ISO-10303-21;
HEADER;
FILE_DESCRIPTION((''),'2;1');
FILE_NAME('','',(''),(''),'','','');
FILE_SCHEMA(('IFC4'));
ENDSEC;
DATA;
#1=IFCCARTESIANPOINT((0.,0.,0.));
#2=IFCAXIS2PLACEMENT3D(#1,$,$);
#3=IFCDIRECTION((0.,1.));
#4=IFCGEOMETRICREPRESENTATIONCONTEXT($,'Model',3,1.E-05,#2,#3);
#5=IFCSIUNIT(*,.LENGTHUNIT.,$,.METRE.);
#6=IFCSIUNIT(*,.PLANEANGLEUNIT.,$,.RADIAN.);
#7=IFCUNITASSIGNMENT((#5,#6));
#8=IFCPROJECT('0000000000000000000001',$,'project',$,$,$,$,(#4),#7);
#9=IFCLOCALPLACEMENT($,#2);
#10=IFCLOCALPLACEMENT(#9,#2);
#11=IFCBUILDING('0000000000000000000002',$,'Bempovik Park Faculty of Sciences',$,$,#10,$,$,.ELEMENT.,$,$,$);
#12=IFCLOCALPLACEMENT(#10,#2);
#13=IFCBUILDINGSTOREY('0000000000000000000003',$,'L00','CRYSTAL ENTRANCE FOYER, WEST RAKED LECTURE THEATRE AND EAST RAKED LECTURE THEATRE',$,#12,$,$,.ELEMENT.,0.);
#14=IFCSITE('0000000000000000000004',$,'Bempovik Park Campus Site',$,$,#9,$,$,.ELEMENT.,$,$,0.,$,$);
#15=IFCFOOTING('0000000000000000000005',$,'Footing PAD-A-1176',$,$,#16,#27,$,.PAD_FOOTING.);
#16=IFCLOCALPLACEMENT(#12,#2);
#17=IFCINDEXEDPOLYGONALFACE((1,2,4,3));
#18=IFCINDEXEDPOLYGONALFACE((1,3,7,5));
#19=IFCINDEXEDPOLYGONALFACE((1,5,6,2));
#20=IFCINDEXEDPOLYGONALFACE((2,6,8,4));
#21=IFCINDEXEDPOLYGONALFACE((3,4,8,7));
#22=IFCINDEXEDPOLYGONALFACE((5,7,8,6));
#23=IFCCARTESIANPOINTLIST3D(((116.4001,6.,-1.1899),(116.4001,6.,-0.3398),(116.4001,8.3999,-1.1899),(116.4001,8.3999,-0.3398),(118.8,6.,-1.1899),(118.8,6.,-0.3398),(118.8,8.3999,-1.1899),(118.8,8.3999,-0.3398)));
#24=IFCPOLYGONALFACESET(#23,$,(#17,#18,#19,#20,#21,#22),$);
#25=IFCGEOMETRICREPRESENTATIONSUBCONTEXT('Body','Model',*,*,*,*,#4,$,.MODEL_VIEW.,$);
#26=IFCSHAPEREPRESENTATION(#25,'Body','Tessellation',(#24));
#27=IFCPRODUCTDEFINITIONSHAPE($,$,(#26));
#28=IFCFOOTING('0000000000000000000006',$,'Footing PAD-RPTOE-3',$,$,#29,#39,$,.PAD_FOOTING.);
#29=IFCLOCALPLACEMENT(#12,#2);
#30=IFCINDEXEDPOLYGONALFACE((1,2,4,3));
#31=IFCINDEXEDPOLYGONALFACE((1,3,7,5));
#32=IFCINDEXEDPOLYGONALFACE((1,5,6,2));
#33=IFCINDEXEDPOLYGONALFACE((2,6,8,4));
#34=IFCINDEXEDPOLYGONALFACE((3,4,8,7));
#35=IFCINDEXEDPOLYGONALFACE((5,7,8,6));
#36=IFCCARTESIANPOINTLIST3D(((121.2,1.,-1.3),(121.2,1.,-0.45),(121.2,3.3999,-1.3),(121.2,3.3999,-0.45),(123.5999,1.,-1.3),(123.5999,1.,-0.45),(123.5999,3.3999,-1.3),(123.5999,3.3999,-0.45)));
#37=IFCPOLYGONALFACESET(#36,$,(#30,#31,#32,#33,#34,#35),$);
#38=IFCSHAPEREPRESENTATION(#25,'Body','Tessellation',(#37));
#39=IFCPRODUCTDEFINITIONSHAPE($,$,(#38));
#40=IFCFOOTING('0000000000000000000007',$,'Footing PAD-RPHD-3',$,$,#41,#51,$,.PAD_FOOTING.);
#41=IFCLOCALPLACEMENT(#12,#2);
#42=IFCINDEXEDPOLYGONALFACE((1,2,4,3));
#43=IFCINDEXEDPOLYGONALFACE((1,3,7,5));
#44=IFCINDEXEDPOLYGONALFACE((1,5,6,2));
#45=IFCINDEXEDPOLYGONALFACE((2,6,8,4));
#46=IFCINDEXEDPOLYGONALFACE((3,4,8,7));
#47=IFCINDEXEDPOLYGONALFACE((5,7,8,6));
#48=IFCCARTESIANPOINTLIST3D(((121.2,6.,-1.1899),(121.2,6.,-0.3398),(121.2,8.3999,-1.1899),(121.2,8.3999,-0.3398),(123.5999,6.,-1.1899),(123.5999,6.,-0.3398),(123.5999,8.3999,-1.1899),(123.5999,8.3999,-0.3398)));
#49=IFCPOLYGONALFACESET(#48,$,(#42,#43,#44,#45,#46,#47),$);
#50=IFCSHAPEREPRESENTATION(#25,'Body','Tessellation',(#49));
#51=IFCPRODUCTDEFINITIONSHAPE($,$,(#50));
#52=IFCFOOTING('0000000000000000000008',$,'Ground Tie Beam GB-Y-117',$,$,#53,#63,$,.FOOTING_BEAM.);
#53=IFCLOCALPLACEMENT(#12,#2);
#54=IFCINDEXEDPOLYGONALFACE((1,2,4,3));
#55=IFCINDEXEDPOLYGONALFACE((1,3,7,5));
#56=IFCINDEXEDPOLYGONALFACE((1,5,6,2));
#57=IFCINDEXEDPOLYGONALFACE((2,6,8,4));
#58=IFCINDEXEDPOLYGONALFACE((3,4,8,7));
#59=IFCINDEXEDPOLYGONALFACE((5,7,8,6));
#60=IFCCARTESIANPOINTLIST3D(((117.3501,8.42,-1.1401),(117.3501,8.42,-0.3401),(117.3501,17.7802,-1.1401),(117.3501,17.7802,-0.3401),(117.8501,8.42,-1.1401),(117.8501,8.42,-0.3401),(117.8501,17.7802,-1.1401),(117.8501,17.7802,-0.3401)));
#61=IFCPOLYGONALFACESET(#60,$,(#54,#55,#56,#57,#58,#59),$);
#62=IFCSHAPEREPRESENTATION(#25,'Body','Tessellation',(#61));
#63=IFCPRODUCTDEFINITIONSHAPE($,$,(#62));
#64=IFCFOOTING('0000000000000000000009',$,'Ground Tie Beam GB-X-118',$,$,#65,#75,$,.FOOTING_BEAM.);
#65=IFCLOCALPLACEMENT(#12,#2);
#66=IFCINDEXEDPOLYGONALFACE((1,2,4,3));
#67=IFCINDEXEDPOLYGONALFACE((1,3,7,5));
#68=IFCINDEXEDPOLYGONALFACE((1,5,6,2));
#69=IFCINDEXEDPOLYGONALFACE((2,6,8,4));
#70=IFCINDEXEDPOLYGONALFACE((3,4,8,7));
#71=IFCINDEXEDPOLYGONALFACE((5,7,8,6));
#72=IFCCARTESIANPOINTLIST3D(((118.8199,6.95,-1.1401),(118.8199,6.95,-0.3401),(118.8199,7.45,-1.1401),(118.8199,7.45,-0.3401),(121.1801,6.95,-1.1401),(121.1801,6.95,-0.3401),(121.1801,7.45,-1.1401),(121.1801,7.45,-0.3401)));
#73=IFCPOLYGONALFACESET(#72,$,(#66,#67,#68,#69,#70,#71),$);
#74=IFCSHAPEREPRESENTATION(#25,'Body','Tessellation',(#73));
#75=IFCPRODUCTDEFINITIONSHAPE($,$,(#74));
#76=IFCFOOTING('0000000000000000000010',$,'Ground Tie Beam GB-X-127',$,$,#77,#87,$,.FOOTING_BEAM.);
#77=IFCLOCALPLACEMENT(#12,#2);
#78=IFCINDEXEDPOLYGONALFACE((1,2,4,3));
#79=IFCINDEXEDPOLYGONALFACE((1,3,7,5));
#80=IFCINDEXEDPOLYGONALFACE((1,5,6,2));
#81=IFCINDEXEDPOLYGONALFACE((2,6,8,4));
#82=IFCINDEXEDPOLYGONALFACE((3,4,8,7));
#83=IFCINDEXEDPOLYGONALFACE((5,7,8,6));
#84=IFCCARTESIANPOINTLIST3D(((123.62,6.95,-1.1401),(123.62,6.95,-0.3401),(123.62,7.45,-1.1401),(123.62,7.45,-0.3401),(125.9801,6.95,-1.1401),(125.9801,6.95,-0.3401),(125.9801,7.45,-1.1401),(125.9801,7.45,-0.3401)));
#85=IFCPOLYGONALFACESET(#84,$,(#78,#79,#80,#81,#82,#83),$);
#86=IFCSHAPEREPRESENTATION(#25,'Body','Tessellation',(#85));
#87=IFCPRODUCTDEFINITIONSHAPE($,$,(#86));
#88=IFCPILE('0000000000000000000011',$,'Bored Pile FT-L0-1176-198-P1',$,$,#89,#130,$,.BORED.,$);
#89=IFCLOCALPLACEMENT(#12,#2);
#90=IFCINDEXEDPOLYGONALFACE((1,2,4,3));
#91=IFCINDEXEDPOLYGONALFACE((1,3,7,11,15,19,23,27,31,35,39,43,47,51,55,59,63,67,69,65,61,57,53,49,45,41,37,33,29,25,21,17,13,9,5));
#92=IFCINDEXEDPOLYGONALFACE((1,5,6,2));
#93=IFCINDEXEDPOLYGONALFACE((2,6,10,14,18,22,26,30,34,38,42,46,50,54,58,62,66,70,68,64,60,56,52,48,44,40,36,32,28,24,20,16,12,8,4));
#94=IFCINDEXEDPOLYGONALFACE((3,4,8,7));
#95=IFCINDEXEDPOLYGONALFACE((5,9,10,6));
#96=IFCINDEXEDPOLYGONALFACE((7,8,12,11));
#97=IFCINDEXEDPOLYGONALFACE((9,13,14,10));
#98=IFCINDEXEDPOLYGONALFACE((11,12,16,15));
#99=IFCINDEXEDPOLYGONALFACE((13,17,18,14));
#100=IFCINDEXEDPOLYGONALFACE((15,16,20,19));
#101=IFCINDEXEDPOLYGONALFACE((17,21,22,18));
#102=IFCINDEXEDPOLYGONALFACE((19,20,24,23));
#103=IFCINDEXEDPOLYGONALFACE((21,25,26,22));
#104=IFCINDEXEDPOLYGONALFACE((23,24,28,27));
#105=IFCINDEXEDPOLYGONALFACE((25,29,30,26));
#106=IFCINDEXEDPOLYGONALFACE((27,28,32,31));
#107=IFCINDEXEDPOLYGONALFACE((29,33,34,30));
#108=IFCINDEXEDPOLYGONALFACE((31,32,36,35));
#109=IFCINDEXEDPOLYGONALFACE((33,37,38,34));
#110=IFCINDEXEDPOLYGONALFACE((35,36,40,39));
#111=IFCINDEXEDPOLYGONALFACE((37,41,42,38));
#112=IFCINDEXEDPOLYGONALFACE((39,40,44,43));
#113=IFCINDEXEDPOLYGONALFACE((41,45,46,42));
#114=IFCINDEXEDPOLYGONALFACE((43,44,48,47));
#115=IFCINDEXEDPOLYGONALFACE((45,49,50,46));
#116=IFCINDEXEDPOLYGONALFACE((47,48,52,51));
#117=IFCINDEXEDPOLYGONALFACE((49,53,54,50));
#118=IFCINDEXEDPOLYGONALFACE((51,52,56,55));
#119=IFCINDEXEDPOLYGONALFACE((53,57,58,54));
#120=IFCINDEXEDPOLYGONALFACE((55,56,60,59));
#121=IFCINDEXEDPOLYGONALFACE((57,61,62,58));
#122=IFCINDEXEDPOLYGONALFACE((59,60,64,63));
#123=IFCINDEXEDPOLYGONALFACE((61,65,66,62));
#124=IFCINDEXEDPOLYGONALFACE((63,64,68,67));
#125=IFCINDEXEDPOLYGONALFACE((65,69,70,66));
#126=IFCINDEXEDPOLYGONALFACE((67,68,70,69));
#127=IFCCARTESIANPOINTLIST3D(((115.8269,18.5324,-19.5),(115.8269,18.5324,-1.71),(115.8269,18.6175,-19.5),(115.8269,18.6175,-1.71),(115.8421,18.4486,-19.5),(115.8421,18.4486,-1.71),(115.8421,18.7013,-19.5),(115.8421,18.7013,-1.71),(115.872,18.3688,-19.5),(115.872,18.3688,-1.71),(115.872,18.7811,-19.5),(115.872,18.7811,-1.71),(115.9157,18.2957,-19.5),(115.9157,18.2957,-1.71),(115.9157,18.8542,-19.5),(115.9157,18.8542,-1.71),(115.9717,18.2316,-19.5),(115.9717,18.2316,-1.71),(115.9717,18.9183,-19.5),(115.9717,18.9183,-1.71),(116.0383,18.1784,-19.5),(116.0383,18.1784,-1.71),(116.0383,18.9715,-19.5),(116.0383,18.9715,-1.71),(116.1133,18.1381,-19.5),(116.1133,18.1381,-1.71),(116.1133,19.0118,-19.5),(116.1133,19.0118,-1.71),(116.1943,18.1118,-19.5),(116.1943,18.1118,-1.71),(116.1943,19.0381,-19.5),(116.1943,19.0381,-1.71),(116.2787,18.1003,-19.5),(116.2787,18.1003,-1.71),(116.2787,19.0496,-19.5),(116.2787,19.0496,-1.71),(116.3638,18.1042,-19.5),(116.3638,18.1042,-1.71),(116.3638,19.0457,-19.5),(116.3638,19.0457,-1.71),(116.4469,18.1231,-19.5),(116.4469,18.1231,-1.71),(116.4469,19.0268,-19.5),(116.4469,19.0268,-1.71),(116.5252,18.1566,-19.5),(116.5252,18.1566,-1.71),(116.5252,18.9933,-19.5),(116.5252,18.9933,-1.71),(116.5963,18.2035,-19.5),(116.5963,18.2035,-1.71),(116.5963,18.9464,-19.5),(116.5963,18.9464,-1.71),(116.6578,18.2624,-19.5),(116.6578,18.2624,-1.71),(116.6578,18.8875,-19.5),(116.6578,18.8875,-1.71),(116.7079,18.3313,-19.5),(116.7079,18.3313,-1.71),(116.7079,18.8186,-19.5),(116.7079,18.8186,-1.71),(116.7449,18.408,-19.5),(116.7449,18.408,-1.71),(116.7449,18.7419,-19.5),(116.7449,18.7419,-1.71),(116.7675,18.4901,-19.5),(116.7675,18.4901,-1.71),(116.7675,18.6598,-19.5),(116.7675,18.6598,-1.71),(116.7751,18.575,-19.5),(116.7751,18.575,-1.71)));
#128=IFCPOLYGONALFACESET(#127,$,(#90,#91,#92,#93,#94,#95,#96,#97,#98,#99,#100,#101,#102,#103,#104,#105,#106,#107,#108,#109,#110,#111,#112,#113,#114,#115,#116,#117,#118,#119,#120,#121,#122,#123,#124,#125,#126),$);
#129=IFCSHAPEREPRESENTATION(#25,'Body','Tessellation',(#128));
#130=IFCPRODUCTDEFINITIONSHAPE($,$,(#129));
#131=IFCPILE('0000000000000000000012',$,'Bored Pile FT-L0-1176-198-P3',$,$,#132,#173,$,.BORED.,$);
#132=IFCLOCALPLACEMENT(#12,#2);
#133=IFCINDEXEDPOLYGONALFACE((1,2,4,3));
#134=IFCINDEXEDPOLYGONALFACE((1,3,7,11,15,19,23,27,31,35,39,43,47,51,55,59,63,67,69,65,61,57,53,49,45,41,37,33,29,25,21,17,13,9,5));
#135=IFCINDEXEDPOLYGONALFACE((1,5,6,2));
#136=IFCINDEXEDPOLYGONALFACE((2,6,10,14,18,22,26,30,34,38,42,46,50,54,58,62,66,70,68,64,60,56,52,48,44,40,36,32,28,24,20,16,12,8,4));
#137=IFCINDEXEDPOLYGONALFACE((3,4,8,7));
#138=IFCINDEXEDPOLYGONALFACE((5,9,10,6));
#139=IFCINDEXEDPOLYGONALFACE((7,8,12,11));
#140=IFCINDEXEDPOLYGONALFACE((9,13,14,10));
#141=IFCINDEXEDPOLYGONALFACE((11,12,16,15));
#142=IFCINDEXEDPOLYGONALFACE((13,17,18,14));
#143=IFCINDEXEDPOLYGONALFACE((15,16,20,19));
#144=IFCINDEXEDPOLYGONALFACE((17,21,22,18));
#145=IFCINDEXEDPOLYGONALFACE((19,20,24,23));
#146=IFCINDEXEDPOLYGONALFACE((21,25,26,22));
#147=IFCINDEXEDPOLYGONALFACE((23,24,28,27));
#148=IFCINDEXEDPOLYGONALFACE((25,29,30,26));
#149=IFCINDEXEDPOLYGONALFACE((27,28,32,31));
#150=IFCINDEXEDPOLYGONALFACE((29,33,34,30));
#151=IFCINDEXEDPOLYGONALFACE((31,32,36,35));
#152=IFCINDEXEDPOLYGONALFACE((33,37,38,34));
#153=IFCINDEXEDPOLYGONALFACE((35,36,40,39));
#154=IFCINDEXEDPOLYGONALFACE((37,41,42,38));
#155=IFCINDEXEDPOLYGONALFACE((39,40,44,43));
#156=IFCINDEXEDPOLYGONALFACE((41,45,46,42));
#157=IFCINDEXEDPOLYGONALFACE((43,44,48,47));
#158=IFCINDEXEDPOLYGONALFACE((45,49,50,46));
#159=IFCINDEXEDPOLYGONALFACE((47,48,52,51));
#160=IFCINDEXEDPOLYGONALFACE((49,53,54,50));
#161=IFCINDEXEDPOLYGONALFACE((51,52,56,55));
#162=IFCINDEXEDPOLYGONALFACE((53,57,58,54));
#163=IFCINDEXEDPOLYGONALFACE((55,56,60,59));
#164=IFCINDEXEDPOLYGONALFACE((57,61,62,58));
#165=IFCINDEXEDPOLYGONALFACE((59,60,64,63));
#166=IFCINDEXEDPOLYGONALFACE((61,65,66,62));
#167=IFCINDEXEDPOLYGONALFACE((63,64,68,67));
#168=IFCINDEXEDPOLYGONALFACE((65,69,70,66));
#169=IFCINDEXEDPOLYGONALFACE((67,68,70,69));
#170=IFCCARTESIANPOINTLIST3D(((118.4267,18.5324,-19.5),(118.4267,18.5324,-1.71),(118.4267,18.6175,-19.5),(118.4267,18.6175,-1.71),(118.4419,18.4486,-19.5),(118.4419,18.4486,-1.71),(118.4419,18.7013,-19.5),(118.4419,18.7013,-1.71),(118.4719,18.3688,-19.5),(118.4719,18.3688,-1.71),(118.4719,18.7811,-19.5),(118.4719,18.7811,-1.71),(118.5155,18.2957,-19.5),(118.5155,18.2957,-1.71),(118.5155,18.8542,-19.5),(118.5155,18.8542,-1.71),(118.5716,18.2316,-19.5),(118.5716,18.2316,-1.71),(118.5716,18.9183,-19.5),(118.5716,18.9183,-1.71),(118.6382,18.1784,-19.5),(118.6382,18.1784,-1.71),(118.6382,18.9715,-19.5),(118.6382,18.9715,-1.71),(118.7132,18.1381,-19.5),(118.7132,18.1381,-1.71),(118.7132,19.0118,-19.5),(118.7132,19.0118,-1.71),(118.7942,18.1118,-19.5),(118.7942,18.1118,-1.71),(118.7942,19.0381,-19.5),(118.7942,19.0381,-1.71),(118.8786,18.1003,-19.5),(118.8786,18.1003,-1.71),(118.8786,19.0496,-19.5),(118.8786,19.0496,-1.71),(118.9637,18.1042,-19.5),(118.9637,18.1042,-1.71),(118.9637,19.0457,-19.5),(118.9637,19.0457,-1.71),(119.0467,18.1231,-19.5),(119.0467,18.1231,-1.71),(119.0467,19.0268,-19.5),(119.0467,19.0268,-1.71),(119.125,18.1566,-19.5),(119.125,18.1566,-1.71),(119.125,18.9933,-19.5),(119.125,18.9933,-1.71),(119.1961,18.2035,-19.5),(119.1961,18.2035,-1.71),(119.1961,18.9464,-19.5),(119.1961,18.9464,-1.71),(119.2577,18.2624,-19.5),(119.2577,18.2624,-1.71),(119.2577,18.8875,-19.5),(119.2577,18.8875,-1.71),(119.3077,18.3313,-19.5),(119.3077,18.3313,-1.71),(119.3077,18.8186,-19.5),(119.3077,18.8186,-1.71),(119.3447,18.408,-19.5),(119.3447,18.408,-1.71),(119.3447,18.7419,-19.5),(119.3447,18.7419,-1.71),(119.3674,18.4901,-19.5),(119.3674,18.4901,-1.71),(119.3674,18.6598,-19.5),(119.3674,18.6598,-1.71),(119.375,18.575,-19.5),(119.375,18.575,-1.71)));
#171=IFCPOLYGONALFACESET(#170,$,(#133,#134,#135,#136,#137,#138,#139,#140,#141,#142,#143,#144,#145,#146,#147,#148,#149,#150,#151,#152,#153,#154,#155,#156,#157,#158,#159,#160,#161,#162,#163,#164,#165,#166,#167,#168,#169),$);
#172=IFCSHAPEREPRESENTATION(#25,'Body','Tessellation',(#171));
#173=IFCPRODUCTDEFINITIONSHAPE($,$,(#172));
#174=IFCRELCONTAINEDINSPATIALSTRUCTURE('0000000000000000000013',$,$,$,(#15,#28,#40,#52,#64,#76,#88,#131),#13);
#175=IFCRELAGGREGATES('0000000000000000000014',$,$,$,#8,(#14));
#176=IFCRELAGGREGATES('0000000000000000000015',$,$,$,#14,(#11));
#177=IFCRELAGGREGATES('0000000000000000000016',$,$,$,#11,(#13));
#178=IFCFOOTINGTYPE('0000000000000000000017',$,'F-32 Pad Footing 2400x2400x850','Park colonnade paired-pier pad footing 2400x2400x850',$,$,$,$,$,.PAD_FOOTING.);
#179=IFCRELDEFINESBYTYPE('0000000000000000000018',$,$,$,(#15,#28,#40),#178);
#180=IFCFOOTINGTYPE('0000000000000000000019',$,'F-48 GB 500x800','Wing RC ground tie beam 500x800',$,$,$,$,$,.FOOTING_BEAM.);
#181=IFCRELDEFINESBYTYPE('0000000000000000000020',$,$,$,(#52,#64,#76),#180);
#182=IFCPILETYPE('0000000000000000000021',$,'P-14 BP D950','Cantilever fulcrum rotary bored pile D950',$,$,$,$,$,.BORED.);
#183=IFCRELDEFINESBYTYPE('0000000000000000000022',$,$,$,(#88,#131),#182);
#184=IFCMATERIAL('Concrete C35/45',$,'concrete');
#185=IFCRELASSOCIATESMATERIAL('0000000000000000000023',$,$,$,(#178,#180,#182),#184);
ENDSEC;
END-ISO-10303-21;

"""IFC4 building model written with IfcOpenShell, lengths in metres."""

from ifc_helpers import new_model, si_unit, direction, frame, origin, origin_2d, place, context, subcontext, project, spatial, rectangle, circle, extrude, material, material_profile, profile_set, type_object, element, save


model = new_model("IFC4")

# Units and contexts
model_context = context("Model", 3, precision=1e-05, world=origin(), true_north=direction((0.0, 1.0)))
body_context = subcontext(model_context, "Body", "Model", "MODEL_VIEW")
ifc_project = project(units=[si_unit("LENGTHUNIT", "METRE"), si_unit("PLANEANGLEUNIT", "RADIAN")], contexts=[model_context])

# Site, building, storey
site_placement = place(None, origin())
site = spatial("IfcSite", under=ifc_project, at=site_placement, Name="Bempovik Park Campus Site", CompositionType="ELEMENT", RefElevation=0.0)
building_placement = place(site_placement, origin())
building = spatial("IfcBuilding", under=site, at=building_placement, Name="Bempovik Park Faculty of Sciences", CompositionType="ELEMENT")
storey_placement = place(building_placement, origin())
storey = spatial("IfcBuildingStorey", under=building, at=storey_placement, Name="L00", Description="CRYSTAL ENTRANCE FOYER, WEST RAKED LECTURE THEATRE AND EAST RAKED LECTURE THEATRE", CompositionType="ELEMENT", Elevation=0.0)

# Footings
ifc_material_1 = material(Name="Concrete C35/45", Category="concrete")
footing_type_1 = type_object("IfcFootingType", Name="F-32 Pad Footing 2400x2400x850", Description="Park colonnade paired-pier pad footing 2400x2400x850", PredefinedType="PAD_FOOTING", material=ifc_material_1)
for number, where, z_axis, x_axis, name in (
    (1, (117.6001, 7.2, -1.1899), (0.0, 0.0, 1.0), (1.0, 0.0, 0.0), "Footing PAD-A-1176"),
    (2, (122.3999, 2.2, -1.3), (0.0, 0.0, 1.0), (1.0, 0.0, 0.0), "Footing PAD-RPTOE-3"),
    (3, (122.3999, 7.2, -1.1899), (0.0, 0.0, 1.0), (1.0, 0.0, 0.0), "Footing PAD-RPHD-3"),
):
    element("IfcFooting", number, at=place(storey_placement, frame(where, z_axis=z_axis, x_axis=x_axis)), inside=storey, type_object=footing_type_1, Name=name, PredefinedType="PAD_FOOTING", context=body_context, shape_type="SweptSolid", body=[
        extrude(rectangle(XDim=2.3999, YDim=2.3999, at=origin_2d()), origin(), (0.0, 0.0, 1.0), 0.8501),
    ])
footing_type_2 = type_object("IfcFootingType", Name="F-48 GB 500x800", Description="Wing RC ground tie beam 500x800", PredefinedType="FOOTING_BEAM", material=ifc_material_1)
footing_placement = place(storey_placement, frame((117.6001, 13.1001, -1.1401), z_axis=(0.0, 0.0, 1.0), x_axis=(1.0, 0.0, 0.0)))
element("IfcFooting", 4, at=footing_placement, inside=storey, type_object=footing_type_2, Name="Ground Tie Beam GB-Y-117", PredefinedType="FOOTING_BEAM", context=body_context, shape_type="SweptSolid", body=[
    extrude(rectangle(XDim=0.5, YDim=9.3601, at=origin_2d()), origin(), (0.0, 0.0, 1.0), 0.8),
])
for number, where, z_axis, x_axis, name in (
    (5, (120.0, 7.2, -1.1401), (0.0, 0.0, 1.0), (1.0, 0.0, 0.0), "Ground Tie Beam GB-X-118"),
    (6, (124.8, 7.2, -1.1401), (0.0, 0.0, 1.0), (1.0, 0.0, 0.0), "Ground Tie Beam GB-X-127"),
):
    element("IfcFooting", number, at=place(storey_placement, frame(where, z_axis=z_axis, x_axis=x_axis)), inside=storey, type_object=footing_type_2, Name=name, PredefinedType="FOOTING_BEAM", context=body_context, shape_type="SweptSolid", body=[
        extrude(rectangle(XDim=2.3601, YDim=0.5, at=origin_2d()), origin(), (0.0, 0.0, 1.0), 0.8),
    ])

# Piles
ifc_material_profile_1 = material_profile(ifc_material_1, circle(Radius=0.4751, at=origin_2d()), Name="BP D950")
ifc_profile_set_1 = profile_set([ifc_material_profile_1], Name="Concrete C35/45")
pile_type = type_object("IfcPileType", Name="P-14 BP D950", Description="Cantilever fulcrum rotary bored pile D950", PredefinedType="BORED", material=ifc_profile_set_1)
for number, where, z_axis, x_axis, name in (
    (7, (116.3, 18.575, -1.71), (0.0, 0.0, -1.0), (1.0, 0.0, 0.0), "Bored Pile FT-L0-1176-198-P1"),
    (8, (118.8999, 18.575, -1.71), (0.0, 0.0, -1.0), (1.0, 0.0, 0.0), "Bored Pile FT-L0-1176-198-P3"),
):
    element("IfcPile", number, at=place(storey_placement, frame(where, z_axis=z_axis, x_axis=x_axis)), inside=storey, type_object=pile_type, Name=name, PredefinedType="BORED", context=body_context, shape_type="SweptSolid", body=[
        extrude(circle(Radius=0.4751, at=origin_2d()), origin(), (0.0, 0.0, 1.0), 17.79),
    ])

save(model, "model.ifc")
